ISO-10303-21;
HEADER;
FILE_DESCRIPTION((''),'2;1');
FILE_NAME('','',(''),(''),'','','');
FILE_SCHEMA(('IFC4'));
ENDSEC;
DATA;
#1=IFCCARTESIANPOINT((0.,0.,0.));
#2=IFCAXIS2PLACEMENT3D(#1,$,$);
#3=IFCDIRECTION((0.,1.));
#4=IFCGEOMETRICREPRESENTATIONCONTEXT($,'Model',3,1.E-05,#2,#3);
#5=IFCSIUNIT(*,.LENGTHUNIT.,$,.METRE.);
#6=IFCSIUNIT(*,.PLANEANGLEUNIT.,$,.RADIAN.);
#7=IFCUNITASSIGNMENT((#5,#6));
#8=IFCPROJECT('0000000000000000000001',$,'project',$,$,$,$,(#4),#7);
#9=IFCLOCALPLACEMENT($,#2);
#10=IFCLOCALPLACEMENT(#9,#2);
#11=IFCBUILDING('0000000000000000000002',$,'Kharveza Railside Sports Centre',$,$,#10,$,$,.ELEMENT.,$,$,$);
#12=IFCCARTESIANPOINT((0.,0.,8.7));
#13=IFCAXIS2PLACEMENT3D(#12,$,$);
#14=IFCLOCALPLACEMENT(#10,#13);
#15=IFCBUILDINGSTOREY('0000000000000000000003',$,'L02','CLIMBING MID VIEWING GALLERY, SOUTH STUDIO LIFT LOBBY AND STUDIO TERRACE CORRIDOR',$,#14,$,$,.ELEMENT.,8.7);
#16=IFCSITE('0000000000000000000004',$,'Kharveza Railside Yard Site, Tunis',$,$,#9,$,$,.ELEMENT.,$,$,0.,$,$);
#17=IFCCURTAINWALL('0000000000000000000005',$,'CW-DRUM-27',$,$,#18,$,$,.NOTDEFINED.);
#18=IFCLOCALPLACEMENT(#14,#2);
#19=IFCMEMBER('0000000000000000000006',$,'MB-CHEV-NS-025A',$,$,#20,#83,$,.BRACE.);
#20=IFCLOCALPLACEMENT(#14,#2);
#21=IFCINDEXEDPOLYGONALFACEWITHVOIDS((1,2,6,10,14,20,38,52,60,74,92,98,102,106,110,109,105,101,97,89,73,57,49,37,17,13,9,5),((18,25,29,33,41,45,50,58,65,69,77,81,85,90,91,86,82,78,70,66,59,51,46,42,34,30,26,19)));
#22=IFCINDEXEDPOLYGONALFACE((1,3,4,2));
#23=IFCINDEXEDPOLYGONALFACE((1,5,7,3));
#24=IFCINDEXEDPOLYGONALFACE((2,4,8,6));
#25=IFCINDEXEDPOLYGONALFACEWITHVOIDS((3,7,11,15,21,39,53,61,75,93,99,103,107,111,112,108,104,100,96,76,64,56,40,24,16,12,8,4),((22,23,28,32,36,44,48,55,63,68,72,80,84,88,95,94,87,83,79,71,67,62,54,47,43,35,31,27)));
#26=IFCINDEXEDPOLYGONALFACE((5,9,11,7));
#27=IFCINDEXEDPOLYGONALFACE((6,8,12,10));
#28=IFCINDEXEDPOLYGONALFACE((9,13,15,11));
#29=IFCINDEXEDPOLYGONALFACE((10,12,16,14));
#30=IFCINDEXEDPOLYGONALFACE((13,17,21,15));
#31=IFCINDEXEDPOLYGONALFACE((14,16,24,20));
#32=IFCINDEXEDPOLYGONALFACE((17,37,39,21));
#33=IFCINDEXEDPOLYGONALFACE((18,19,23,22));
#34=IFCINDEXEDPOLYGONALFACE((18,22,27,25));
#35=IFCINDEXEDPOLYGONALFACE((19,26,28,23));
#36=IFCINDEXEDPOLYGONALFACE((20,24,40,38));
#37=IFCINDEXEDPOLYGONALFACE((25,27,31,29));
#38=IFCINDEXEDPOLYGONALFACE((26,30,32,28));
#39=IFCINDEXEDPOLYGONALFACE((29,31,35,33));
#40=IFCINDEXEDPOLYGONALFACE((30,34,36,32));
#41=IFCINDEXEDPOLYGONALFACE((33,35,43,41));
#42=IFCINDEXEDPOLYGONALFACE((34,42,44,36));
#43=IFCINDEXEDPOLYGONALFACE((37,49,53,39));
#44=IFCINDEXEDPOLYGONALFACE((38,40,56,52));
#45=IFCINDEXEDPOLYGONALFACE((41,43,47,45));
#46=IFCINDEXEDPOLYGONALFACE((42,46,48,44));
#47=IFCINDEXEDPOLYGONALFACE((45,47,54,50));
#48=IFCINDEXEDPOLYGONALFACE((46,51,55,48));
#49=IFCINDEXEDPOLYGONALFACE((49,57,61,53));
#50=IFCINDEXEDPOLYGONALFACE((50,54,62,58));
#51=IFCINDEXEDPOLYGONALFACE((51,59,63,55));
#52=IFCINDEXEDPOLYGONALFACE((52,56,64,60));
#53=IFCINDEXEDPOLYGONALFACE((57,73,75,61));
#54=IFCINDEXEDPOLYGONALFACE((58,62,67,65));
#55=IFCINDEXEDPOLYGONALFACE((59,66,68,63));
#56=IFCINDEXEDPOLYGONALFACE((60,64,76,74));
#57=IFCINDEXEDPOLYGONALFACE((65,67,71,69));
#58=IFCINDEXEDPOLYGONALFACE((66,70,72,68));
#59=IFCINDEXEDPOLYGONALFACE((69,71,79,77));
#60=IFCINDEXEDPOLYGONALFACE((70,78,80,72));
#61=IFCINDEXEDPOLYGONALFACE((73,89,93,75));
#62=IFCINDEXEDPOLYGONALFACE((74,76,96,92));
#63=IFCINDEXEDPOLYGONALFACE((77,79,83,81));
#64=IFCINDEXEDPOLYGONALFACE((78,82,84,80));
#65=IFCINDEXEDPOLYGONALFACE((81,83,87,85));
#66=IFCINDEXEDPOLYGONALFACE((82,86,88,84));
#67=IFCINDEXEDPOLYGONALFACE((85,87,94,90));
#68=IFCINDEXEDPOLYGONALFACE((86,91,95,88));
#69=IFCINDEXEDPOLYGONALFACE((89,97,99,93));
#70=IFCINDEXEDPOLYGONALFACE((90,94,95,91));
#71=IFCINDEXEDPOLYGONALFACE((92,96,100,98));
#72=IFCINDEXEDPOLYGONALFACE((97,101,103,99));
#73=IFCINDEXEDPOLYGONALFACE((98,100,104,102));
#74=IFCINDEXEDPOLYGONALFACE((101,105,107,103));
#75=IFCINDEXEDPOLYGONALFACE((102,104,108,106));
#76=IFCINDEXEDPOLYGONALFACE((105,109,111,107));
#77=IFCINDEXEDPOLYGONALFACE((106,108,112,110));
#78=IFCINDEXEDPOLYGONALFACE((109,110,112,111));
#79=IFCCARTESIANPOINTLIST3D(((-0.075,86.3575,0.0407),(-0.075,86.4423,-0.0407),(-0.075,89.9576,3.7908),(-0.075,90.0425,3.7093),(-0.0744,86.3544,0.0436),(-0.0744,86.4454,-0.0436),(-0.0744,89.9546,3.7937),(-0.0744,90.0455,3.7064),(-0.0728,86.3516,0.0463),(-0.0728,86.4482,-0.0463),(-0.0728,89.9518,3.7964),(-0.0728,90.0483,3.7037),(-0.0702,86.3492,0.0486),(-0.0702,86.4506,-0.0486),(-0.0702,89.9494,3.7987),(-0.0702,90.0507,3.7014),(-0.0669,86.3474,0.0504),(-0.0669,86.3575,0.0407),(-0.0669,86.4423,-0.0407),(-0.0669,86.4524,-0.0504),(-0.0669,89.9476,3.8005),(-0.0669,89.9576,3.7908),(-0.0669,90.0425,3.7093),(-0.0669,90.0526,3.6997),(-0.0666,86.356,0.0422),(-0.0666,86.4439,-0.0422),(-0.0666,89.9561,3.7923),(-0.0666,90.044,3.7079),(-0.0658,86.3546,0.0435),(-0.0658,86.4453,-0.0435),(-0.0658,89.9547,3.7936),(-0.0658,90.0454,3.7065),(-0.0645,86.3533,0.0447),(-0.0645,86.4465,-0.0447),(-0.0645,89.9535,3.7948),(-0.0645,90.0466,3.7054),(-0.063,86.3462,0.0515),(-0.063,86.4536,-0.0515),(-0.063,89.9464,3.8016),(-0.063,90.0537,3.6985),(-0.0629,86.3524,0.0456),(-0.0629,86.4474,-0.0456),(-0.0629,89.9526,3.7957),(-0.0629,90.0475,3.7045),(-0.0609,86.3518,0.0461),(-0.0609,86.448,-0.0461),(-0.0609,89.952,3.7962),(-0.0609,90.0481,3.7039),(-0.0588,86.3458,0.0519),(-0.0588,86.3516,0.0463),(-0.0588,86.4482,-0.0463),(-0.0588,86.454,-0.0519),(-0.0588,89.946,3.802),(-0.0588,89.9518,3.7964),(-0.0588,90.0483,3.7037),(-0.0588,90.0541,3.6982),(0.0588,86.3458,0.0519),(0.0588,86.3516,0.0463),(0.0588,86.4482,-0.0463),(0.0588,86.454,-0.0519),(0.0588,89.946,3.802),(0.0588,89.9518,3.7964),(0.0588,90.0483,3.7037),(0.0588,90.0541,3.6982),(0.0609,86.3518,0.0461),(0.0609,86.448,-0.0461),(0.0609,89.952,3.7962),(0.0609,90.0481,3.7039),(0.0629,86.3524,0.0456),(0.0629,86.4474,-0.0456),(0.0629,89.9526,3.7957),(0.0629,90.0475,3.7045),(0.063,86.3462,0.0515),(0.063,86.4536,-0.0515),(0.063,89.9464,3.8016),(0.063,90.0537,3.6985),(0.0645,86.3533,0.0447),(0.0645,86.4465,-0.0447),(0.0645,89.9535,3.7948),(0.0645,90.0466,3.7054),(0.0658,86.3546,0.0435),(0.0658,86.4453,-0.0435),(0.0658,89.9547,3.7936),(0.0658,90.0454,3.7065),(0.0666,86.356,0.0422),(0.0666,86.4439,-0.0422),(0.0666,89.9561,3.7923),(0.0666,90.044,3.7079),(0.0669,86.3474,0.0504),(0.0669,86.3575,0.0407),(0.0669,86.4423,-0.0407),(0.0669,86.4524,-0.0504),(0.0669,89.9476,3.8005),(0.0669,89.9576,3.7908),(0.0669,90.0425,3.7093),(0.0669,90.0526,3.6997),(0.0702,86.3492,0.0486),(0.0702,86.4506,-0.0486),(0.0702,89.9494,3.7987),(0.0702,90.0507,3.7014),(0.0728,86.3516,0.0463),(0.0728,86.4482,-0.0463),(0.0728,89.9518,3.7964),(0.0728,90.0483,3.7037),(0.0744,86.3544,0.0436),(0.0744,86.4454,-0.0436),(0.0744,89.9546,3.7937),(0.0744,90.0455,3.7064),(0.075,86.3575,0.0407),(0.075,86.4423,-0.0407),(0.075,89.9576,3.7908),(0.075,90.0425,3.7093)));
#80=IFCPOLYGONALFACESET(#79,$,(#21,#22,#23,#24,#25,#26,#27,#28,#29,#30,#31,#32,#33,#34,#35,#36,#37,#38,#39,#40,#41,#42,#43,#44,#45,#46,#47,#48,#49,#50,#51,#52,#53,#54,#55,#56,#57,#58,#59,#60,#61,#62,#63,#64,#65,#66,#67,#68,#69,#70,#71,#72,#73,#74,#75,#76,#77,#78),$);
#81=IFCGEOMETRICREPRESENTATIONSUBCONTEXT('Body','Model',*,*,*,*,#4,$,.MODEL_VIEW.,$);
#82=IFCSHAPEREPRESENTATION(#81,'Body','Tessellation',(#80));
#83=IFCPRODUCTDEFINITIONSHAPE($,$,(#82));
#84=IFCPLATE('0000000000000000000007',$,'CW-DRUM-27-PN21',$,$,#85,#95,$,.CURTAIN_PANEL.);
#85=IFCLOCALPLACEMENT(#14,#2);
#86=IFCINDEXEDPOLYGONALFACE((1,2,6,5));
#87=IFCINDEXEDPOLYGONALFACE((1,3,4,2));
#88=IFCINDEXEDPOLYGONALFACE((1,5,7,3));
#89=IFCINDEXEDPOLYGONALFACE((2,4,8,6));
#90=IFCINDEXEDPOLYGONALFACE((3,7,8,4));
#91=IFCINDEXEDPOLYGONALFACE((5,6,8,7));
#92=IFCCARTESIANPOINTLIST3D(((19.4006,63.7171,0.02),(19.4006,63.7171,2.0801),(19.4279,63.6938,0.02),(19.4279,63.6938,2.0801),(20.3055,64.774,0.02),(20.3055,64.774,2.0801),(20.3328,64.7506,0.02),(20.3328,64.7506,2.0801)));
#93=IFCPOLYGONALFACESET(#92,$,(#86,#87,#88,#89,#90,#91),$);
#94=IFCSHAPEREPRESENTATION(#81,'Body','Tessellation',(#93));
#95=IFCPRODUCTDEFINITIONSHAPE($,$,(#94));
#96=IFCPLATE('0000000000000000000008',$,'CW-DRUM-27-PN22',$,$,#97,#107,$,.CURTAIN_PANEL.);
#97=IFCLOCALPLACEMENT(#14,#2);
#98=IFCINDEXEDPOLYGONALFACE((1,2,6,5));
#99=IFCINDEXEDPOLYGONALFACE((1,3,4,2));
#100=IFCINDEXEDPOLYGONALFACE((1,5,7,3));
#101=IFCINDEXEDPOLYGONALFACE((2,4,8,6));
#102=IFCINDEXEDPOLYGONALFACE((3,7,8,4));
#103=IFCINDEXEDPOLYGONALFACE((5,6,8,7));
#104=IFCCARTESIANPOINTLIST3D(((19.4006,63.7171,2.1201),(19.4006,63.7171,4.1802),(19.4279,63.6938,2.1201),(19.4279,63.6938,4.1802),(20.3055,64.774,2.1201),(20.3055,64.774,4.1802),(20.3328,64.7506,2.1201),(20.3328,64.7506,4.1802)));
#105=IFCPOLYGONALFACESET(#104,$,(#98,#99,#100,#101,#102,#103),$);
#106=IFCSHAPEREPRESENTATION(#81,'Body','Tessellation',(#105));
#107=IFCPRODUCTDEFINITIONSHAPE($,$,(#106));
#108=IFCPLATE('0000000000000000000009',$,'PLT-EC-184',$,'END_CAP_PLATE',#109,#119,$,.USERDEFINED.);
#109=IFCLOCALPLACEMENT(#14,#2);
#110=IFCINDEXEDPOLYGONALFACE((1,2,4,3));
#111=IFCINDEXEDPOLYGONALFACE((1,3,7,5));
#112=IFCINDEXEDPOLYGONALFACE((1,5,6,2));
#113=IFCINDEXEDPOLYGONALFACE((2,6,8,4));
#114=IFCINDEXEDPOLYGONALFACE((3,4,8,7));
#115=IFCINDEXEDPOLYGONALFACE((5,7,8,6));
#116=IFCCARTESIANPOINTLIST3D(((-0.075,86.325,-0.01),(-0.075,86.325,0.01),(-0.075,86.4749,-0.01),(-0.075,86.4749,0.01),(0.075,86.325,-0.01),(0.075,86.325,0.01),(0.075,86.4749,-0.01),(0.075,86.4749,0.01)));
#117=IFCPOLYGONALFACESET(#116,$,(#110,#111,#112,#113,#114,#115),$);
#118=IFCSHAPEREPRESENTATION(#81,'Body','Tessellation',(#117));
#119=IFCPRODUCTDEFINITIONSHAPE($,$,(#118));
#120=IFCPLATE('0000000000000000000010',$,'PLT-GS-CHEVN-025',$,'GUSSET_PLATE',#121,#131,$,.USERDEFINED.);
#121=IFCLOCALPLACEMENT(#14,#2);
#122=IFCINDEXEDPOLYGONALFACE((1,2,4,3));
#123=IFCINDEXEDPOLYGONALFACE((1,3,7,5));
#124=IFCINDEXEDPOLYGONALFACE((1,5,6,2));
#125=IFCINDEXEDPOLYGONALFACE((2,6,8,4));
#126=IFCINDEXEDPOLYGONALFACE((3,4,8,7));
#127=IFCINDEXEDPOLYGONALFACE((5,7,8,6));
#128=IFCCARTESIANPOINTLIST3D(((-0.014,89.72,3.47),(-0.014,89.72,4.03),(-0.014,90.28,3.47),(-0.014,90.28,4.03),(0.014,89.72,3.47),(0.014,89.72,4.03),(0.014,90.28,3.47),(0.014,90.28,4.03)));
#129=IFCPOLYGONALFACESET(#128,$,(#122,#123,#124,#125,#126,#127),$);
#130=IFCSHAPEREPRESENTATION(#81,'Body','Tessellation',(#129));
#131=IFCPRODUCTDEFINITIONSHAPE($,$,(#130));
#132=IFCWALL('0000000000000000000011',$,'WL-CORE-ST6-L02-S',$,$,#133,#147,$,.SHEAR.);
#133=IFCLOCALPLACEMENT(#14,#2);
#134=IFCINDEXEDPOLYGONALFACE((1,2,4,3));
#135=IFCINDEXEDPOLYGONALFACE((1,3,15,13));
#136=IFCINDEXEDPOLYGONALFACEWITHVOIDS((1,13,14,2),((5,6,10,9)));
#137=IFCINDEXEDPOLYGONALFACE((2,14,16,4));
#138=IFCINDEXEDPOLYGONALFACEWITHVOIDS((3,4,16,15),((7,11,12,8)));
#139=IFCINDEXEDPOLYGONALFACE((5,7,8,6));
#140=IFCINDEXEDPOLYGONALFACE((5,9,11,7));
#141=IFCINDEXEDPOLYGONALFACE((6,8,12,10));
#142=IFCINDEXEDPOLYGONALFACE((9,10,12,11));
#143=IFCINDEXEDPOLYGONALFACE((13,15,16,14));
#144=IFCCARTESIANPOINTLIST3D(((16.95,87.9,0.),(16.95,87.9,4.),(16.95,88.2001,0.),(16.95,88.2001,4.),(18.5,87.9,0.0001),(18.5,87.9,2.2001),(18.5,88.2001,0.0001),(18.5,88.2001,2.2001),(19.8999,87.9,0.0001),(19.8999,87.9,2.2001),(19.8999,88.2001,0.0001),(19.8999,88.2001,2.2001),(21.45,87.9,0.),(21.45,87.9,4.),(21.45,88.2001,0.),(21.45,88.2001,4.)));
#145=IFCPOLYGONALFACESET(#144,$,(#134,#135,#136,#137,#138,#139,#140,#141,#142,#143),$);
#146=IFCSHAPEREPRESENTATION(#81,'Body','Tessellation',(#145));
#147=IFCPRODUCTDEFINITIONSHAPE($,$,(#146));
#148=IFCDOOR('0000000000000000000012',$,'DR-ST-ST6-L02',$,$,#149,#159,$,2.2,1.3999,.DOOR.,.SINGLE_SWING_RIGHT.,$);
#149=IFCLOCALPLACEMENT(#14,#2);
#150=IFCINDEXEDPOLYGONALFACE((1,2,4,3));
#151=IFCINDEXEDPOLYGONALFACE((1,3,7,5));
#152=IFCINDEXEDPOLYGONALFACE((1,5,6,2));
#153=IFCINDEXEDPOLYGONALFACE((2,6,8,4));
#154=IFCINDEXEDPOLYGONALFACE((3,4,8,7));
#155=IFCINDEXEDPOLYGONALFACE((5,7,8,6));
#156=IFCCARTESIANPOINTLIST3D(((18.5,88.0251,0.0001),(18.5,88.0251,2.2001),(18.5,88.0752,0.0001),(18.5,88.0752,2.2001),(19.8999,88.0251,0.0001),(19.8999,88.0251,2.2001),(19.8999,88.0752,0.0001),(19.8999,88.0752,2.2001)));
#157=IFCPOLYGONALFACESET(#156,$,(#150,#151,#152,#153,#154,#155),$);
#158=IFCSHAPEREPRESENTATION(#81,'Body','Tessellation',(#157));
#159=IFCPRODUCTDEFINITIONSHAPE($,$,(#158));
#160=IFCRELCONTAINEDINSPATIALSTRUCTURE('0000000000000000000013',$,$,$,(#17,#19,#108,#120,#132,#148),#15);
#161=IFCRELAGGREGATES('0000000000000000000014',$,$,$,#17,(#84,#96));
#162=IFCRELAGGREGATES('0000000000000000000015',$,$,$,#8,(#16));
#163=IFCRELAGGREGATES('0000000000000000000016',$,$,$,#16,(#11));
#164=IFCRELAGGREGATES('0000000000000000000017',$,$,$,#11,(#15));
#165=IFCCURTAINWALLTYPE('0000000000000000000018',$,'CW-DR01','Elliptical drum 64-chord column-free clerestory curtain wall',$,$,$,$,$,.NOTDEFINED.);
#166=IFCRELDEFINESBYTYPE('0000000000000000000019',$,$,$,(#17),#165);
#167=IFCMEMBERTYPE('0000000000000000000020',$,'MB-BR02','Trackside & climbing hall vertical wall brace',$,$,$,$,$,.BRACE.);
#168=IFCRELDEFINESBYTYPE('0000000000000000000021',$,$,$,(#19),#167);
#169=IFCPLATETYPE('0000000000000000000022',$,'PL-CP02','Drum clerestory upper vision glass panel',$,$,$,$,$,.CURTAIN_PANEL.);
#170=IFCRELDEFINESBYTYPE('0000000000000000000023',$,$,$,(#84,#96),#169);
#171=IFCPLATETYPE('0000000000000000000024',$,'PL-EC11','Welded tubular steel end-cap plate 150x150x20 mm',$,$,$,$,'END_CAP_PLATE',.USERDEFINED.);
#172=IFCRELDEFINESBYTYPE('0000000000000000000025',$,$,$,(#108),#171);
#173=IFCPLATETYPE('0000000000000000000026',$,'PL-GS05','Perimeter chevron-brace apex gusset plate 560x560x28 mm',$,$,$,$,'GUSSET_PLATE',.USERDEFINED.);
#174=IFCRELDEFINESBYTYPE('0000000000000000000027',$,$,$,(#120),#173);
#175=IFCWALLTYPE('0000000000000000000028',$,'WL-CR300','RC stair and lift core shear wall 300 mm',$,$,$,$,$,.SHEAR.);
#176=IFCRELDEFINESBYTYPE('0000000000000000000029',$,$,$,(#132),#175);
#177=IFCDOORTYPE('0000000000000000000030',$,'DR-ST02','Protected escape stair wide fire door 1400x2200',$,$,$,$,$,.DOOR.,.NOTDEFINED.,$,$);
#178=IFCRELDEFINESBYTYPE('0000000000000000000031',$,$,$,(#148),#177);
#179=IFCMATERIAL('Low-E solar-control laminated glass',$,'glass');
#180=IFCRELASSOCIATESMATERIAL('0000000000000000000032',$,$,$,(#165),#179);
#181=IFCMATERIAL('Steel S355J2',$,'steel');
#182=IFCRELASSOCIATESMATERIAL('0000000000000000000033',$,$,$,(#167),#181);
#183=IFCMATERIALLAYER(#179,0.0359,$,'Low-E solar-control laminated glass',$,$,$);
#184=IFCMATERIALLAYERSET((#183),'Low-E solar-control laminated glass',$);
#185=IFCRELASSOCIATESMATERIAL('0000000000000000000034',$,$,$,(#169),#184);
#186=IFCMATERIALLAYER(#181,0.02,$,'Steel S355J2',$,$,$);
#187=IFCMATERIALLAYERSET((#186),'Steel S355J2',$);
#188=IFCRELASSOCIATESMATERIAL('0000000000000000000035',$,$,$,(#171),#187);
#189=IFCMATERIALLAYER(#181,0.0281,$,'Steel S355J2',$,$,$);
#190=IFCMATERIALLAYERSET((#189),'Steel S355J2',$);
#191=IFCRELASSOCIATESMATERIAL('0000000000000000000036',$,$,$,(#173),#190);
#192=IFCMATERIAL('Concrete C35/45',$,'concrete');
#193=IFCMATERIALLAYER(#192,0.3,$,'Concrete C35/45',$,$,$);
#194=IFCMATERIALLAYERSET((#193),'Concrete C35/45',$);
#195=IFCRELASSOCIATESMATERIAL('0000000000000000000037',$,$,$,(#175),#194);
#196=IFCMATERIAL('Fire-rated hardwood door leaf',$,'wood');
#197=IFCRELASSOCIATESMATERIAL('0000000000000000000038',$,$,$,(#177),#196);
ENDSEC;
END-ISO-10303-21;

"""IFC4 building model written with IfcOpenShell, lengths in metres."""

from ifc_helpers import new_model, si_unit, direction, frame, frame_2d, origin, origin_2d, place, context, subcontext, project, spatial, rectangle, hollow_rectangle, extrude, material, layer, layer_set, material_profile, profile_set, type_object, element, fill, aggregate, save


model = new_model("IFC4")

# Units and contexts
model_context = context("Model", 3, precision=1e-05, world=origin(), true_north=direction((0.0, 1.0)))
body_context = subcontext(model_context, "Body", "Model", "MODEL_VIEW")
ifc_project = project(units=[si_unit("LENGTHUNIT", "METRE"), si_unit("PLANEANGLEUNIT", "RADIAN")], contexts=[model_context])

# Site, building, storey
site_placement = place(None, origin())
site = spatial("IfcSite", under=ifc_project, at=site_placement, Name="Kharveza Railside Yard Site, Tunis", CompositionType="ELEMENT", RefElevation=0.0)
building_placement = place(site_placement, origin())
building = spatial("IfcBuilding", under=site, at=building_placement, Name="Kharveza Railside Sports Centre", CompositionType="ELEMENT")
storey_placement = place(building_placement, frame((0.0, 0.0, 8.7)))
storey = spatial("IfcBuildingStorey", under=building, at=storey_placement, Name="L02", Description="CLIMBING MID VIEWING GALLERY, SOUTH STUDIO LIFT LOBBY AND STUDIO TERRACE CORRIDOR", CompositionType="ELEMENT", Elevation=8.7)

# Shared definitions
ifc_material_1 = material(Name="Steel S355J2", Category="steel")

# Curtain wall
ifc_material_2 = material(Name="Low-E solar-control laminated glass", Category="glass")
curtain_wall_type = type_object("IfcCurtainWallType", Name="CW-DR01", Description="Elliptical drum 64-chord column-free clerestory curtain wall", PredefinedType="NOTDEFINED", material=ifc_material_2)
curtain_wall_placement = place(storey_placement, origin())
curtain_wall = element("IfcCurtainWall", 1, at=curtain_wall_placement, inside=storey, type_object=curtain_wall_type, Name="CW-DRUM-27", PredefinedType="NOTDEFINED")

# Member
ifc_material_profile_1 = material_profile(ifc_material_1, hollow_rectangle(XDim=0.1499, YDim=0.1499, WallThickness=0.0081, InnerFilletRadius=0.0081, OuterFilletRadius=0.0161, at=origin_2d()), Name="SHS 150x150x8.0")
ifc_profile_set_1 = profile_set([ifc_material_profile_1], Name="Steel S355J2")
member_type_1 = type_object("IfcMemberType", Name="MB-BR02", Description="Trackside & climbing hall vertical wall brace", PredefinedType="BRACE", material=ifc_profile_set_1)
member_1_placement = place(storey_placement, frame((0.0, 86.3999, 0.0), z_axis=(0.0, 0.692542, 0.721378), x_axis=(-1.0, 0.0, 0.0)))
element("IfcMember", 2, at=member_1_placement, inside=storey, type_object=member_type_1, Name="MB-CHEV-NS-025A", PredefinedType="BRACE", context=body_context, shape_type="SweptSolid", body=[
    extrude(hollow_rectangle(XDim=0.1499, YDim=0.1499, WallThickness=0.0081, InnerFilletRadius=0.0081, OuterFilletRadius=0.0161, at=origin_2d()), origin(), (0.0, 0.0, 1.0), 5.1985),
])

# Plates
ifc_layer_1 = layer(ifc_material_2, 0.0359, Name="Low-E solar-control laminated glass")
ifc_layer_set_1 = layer_set([ifc_layer_1], Name="Low-E solar-control laminated glass")
plate_type_1 = type_object("IfcPlateType", Name="PL-CP02", Description="Drum clerestory upper vision glass panel", PredefinedType="CURTAIN_PANEL", material=ifc_layer_set_1)
plate_1_placement = place(storey_placement, frame((19.8667, 64.2339, 0.02), z_axis=(0.0, 0.0, 1.0), x_axis=(-0.650403, -0.759589, 0.0)))
plate_1 = element("IfcPlate", 3, at=plate_1_placement, type_object=plate_type_1, Name="CW-DRUM-27-PN21", PredefinedType="CURTAIN_PANEL", context=body_context, shape_type="SweptSolid", body=[
    extrude(rectangle(XDim=1.3914, YDim=0.0359, at=origin_2d()), origin(), (0.0, 0.0, 1.0), 2.0601),
])
plate_2_placement = place(storey_placement, frame((19.8667, 64.2339, 2.1201), z_axis=(0.0, 0.0, 1.0), x_axis=(-0.650403, -0.759589, 0.0)))
plate_2 = element("IfcPlate", 4, at=plate_2_placement, type_object=plate_type_1, Name="CW-DRUM-27-PN22", PredefinedType="CURTAIN_PANEL", context=body_context, shape_type="SweptSolid", body=[
    extrude(rectangle(XDim=1.3914, YDim=0.0359, at=origin_2d()), origin(), (0.0, 0.0, 1.0), 2.0601),
])
aggregate(curtain_wall, [plate_1, plate_2])

# Plates
ifc_layer_2 = layer(ifc_material_1, 0.02, Name="Steel S355J2")
ifc_layer_set_2 = layer_set([ifc_layer_2], Name="Steel S355J2")
plate_type_2 = type_object("IfcPlateType", Name="PL-EC11", Description="Welded tubular steel end-cap plate 150x150x20 mm", ElementType="END_CAP_PLATE", PredefinedType="USERDEFINED", material=ifc_layer_set_2)
plate_3_placement = place(storey_placement, frame((0.0, 86.3999, -0.01), z_axis=(0.0, 0.0, 1.0), x_axis=(1.0, 0.0, 0.0)))
element("IfcPlate", 5, at=plate_3_placement, inside=storey, type_object=plate_type_2, Name="PLT-EC-184", ObjectType="END_CAP_PLATE", PredefinedType="USERDEFINED", context=body_context, shape_type="SweptSolid", body=[
    extrude(rectangle(XDim=0.1499, YDim=0.1499, at=origin_2d()), origin(), (0.0, 0.0, 1.0), 0.02),
])
ifc_layer_3 = layer(ifc_material_1, 0.0281, Name="Steel S355J2")
ifc_layer_set_3 = layer_set([ifc_layer_3], Name="Steel S355J2")
plate_type_3 = type_object("IfcPlateType", Name="PL-GS05", Description="Perimeter chevron-brace apex gusset plate 560x560x28 mm", ElementType="GUSSET_PLATE", PredefinedType="USERDEFINED", material=ifc_layer_set_3)
plate_4_placement = place(storey_placement, frame((0.0, 90.0, 3.47), z_axis=(0.0, 0.0, 1.0), x_axis=(1.0, 0.0, 0.0)))
element("IfcPlate", 6, at=plate_4_placement, inside=storey, type_object=plate_type_3, Name="PLT-GS-CHEVN-025", ObjectType="GUSSET_PLATE", PredefinedType="USERDEFINED", context=body_context, shape_type="SweptSolid", body=[
    extrude(rectangle(XDim=0.0281, YDim=0.5601, at=origin_2d()), origin(), (0.0, 0.0, 1.0), 0.5601),
])

# Wall, opening, door
ifc_material_3 = material(Name="Concrete C35/45", Category="concrete")
ifc_layer_4 = layer(ifc_material_3, 0.3, Name="Concrete C35/45")
ifc_layer_set_4 = layer_set([ifc_layer_4], Name="Concrete C35/45")
wall_type_1 = type_object("IfcWallType", Name="WL-CR300", Description="RC stair and lift core shear wall 300 mm", PredefinedType="SHEAR", material=ifc_layer_set_4)
wall_1_placement = place(storey_placement, frame((16.95, 88.05, 0.0), z_axis=(0.0, 0.0, 1.0), x_axis=(1.0, 0.0, 0.0)))
wall_1 = element("IfcWall", 7, at=wall_1_placement, inside=storey, type_object=wall_type_1, Name="WL-CORE-ST6-L02-S", PredefinedType="SHEAR", context=body_context, shape_type="SweptSolid", body=[
    extrude(rectangle(XDim=4.5, YDim=0.3, at=frame_2d((2.25, 0.0))), origin(), (0.0, 0.0, 1.0), 4.0),
])
opening_1_placement = place(wall_1_placement, frame((1.55, 0.0, 0.0)))
opening_1 = element("IfcOpeningElement", 8, at=opening_1_placement, cuts=wall_1, PredefinedType="OPENING", context=body_context, shape_type="SweptSolid", body=[
    extrude(rectangle(XDim=1.3999, YDim=2.2, at=frame_2d((0.7, 1.1001))), frame((0.0, 0.1748, 0.0), z_axis=(0.0, -1.0, 0.0), x_axis=(1.0, 0.0, 0.0)), (0.0, 0.0, 1.0), 0.3499),
])
ifc_material_4 = material(Name="Fire-rated hardwood door leaf", Category="wood")
door_type = type_object("IfcDoorType", Name="DR-ST02", Description="Protected escape stair wide fire door 1400x2200", OperationType="NOTDEFINED", PredefinedType="DOOR", material=ifc_material_4)
door_placement = place(opening_1_placement, frame((1.3999, 0.0, 0.0), z_axis=(0.0, 0.0, 1.0), x_axis=(-1.0, 0.0, 0.0)))
door = element("IfcDoor", 9, at=door_placement, inside=storey, type_object=door_type, Name="DR-ST-ST6-L02", OperationType="SINGLE_SWING_RIGHT", OverallHeight=2.2, OverallWidth=1.3999, PredefinedType="DOOR", context=body_context, shape_type="SweptSolid", body=[
    extrude(rectangle(XDim=1.3999, YDim=2.2, at=frame_2d((0.7, 1.1001))), frame((0.0, 0.0249, 0.0), z_axis=(0.0, -1.0, 0.0), x_axis=(1.0, 0.0, 0.0)), (0.0, 0.0, 1.0), 0.05),
])
fill(opening_1, door)

save(model, "model.ifc")
